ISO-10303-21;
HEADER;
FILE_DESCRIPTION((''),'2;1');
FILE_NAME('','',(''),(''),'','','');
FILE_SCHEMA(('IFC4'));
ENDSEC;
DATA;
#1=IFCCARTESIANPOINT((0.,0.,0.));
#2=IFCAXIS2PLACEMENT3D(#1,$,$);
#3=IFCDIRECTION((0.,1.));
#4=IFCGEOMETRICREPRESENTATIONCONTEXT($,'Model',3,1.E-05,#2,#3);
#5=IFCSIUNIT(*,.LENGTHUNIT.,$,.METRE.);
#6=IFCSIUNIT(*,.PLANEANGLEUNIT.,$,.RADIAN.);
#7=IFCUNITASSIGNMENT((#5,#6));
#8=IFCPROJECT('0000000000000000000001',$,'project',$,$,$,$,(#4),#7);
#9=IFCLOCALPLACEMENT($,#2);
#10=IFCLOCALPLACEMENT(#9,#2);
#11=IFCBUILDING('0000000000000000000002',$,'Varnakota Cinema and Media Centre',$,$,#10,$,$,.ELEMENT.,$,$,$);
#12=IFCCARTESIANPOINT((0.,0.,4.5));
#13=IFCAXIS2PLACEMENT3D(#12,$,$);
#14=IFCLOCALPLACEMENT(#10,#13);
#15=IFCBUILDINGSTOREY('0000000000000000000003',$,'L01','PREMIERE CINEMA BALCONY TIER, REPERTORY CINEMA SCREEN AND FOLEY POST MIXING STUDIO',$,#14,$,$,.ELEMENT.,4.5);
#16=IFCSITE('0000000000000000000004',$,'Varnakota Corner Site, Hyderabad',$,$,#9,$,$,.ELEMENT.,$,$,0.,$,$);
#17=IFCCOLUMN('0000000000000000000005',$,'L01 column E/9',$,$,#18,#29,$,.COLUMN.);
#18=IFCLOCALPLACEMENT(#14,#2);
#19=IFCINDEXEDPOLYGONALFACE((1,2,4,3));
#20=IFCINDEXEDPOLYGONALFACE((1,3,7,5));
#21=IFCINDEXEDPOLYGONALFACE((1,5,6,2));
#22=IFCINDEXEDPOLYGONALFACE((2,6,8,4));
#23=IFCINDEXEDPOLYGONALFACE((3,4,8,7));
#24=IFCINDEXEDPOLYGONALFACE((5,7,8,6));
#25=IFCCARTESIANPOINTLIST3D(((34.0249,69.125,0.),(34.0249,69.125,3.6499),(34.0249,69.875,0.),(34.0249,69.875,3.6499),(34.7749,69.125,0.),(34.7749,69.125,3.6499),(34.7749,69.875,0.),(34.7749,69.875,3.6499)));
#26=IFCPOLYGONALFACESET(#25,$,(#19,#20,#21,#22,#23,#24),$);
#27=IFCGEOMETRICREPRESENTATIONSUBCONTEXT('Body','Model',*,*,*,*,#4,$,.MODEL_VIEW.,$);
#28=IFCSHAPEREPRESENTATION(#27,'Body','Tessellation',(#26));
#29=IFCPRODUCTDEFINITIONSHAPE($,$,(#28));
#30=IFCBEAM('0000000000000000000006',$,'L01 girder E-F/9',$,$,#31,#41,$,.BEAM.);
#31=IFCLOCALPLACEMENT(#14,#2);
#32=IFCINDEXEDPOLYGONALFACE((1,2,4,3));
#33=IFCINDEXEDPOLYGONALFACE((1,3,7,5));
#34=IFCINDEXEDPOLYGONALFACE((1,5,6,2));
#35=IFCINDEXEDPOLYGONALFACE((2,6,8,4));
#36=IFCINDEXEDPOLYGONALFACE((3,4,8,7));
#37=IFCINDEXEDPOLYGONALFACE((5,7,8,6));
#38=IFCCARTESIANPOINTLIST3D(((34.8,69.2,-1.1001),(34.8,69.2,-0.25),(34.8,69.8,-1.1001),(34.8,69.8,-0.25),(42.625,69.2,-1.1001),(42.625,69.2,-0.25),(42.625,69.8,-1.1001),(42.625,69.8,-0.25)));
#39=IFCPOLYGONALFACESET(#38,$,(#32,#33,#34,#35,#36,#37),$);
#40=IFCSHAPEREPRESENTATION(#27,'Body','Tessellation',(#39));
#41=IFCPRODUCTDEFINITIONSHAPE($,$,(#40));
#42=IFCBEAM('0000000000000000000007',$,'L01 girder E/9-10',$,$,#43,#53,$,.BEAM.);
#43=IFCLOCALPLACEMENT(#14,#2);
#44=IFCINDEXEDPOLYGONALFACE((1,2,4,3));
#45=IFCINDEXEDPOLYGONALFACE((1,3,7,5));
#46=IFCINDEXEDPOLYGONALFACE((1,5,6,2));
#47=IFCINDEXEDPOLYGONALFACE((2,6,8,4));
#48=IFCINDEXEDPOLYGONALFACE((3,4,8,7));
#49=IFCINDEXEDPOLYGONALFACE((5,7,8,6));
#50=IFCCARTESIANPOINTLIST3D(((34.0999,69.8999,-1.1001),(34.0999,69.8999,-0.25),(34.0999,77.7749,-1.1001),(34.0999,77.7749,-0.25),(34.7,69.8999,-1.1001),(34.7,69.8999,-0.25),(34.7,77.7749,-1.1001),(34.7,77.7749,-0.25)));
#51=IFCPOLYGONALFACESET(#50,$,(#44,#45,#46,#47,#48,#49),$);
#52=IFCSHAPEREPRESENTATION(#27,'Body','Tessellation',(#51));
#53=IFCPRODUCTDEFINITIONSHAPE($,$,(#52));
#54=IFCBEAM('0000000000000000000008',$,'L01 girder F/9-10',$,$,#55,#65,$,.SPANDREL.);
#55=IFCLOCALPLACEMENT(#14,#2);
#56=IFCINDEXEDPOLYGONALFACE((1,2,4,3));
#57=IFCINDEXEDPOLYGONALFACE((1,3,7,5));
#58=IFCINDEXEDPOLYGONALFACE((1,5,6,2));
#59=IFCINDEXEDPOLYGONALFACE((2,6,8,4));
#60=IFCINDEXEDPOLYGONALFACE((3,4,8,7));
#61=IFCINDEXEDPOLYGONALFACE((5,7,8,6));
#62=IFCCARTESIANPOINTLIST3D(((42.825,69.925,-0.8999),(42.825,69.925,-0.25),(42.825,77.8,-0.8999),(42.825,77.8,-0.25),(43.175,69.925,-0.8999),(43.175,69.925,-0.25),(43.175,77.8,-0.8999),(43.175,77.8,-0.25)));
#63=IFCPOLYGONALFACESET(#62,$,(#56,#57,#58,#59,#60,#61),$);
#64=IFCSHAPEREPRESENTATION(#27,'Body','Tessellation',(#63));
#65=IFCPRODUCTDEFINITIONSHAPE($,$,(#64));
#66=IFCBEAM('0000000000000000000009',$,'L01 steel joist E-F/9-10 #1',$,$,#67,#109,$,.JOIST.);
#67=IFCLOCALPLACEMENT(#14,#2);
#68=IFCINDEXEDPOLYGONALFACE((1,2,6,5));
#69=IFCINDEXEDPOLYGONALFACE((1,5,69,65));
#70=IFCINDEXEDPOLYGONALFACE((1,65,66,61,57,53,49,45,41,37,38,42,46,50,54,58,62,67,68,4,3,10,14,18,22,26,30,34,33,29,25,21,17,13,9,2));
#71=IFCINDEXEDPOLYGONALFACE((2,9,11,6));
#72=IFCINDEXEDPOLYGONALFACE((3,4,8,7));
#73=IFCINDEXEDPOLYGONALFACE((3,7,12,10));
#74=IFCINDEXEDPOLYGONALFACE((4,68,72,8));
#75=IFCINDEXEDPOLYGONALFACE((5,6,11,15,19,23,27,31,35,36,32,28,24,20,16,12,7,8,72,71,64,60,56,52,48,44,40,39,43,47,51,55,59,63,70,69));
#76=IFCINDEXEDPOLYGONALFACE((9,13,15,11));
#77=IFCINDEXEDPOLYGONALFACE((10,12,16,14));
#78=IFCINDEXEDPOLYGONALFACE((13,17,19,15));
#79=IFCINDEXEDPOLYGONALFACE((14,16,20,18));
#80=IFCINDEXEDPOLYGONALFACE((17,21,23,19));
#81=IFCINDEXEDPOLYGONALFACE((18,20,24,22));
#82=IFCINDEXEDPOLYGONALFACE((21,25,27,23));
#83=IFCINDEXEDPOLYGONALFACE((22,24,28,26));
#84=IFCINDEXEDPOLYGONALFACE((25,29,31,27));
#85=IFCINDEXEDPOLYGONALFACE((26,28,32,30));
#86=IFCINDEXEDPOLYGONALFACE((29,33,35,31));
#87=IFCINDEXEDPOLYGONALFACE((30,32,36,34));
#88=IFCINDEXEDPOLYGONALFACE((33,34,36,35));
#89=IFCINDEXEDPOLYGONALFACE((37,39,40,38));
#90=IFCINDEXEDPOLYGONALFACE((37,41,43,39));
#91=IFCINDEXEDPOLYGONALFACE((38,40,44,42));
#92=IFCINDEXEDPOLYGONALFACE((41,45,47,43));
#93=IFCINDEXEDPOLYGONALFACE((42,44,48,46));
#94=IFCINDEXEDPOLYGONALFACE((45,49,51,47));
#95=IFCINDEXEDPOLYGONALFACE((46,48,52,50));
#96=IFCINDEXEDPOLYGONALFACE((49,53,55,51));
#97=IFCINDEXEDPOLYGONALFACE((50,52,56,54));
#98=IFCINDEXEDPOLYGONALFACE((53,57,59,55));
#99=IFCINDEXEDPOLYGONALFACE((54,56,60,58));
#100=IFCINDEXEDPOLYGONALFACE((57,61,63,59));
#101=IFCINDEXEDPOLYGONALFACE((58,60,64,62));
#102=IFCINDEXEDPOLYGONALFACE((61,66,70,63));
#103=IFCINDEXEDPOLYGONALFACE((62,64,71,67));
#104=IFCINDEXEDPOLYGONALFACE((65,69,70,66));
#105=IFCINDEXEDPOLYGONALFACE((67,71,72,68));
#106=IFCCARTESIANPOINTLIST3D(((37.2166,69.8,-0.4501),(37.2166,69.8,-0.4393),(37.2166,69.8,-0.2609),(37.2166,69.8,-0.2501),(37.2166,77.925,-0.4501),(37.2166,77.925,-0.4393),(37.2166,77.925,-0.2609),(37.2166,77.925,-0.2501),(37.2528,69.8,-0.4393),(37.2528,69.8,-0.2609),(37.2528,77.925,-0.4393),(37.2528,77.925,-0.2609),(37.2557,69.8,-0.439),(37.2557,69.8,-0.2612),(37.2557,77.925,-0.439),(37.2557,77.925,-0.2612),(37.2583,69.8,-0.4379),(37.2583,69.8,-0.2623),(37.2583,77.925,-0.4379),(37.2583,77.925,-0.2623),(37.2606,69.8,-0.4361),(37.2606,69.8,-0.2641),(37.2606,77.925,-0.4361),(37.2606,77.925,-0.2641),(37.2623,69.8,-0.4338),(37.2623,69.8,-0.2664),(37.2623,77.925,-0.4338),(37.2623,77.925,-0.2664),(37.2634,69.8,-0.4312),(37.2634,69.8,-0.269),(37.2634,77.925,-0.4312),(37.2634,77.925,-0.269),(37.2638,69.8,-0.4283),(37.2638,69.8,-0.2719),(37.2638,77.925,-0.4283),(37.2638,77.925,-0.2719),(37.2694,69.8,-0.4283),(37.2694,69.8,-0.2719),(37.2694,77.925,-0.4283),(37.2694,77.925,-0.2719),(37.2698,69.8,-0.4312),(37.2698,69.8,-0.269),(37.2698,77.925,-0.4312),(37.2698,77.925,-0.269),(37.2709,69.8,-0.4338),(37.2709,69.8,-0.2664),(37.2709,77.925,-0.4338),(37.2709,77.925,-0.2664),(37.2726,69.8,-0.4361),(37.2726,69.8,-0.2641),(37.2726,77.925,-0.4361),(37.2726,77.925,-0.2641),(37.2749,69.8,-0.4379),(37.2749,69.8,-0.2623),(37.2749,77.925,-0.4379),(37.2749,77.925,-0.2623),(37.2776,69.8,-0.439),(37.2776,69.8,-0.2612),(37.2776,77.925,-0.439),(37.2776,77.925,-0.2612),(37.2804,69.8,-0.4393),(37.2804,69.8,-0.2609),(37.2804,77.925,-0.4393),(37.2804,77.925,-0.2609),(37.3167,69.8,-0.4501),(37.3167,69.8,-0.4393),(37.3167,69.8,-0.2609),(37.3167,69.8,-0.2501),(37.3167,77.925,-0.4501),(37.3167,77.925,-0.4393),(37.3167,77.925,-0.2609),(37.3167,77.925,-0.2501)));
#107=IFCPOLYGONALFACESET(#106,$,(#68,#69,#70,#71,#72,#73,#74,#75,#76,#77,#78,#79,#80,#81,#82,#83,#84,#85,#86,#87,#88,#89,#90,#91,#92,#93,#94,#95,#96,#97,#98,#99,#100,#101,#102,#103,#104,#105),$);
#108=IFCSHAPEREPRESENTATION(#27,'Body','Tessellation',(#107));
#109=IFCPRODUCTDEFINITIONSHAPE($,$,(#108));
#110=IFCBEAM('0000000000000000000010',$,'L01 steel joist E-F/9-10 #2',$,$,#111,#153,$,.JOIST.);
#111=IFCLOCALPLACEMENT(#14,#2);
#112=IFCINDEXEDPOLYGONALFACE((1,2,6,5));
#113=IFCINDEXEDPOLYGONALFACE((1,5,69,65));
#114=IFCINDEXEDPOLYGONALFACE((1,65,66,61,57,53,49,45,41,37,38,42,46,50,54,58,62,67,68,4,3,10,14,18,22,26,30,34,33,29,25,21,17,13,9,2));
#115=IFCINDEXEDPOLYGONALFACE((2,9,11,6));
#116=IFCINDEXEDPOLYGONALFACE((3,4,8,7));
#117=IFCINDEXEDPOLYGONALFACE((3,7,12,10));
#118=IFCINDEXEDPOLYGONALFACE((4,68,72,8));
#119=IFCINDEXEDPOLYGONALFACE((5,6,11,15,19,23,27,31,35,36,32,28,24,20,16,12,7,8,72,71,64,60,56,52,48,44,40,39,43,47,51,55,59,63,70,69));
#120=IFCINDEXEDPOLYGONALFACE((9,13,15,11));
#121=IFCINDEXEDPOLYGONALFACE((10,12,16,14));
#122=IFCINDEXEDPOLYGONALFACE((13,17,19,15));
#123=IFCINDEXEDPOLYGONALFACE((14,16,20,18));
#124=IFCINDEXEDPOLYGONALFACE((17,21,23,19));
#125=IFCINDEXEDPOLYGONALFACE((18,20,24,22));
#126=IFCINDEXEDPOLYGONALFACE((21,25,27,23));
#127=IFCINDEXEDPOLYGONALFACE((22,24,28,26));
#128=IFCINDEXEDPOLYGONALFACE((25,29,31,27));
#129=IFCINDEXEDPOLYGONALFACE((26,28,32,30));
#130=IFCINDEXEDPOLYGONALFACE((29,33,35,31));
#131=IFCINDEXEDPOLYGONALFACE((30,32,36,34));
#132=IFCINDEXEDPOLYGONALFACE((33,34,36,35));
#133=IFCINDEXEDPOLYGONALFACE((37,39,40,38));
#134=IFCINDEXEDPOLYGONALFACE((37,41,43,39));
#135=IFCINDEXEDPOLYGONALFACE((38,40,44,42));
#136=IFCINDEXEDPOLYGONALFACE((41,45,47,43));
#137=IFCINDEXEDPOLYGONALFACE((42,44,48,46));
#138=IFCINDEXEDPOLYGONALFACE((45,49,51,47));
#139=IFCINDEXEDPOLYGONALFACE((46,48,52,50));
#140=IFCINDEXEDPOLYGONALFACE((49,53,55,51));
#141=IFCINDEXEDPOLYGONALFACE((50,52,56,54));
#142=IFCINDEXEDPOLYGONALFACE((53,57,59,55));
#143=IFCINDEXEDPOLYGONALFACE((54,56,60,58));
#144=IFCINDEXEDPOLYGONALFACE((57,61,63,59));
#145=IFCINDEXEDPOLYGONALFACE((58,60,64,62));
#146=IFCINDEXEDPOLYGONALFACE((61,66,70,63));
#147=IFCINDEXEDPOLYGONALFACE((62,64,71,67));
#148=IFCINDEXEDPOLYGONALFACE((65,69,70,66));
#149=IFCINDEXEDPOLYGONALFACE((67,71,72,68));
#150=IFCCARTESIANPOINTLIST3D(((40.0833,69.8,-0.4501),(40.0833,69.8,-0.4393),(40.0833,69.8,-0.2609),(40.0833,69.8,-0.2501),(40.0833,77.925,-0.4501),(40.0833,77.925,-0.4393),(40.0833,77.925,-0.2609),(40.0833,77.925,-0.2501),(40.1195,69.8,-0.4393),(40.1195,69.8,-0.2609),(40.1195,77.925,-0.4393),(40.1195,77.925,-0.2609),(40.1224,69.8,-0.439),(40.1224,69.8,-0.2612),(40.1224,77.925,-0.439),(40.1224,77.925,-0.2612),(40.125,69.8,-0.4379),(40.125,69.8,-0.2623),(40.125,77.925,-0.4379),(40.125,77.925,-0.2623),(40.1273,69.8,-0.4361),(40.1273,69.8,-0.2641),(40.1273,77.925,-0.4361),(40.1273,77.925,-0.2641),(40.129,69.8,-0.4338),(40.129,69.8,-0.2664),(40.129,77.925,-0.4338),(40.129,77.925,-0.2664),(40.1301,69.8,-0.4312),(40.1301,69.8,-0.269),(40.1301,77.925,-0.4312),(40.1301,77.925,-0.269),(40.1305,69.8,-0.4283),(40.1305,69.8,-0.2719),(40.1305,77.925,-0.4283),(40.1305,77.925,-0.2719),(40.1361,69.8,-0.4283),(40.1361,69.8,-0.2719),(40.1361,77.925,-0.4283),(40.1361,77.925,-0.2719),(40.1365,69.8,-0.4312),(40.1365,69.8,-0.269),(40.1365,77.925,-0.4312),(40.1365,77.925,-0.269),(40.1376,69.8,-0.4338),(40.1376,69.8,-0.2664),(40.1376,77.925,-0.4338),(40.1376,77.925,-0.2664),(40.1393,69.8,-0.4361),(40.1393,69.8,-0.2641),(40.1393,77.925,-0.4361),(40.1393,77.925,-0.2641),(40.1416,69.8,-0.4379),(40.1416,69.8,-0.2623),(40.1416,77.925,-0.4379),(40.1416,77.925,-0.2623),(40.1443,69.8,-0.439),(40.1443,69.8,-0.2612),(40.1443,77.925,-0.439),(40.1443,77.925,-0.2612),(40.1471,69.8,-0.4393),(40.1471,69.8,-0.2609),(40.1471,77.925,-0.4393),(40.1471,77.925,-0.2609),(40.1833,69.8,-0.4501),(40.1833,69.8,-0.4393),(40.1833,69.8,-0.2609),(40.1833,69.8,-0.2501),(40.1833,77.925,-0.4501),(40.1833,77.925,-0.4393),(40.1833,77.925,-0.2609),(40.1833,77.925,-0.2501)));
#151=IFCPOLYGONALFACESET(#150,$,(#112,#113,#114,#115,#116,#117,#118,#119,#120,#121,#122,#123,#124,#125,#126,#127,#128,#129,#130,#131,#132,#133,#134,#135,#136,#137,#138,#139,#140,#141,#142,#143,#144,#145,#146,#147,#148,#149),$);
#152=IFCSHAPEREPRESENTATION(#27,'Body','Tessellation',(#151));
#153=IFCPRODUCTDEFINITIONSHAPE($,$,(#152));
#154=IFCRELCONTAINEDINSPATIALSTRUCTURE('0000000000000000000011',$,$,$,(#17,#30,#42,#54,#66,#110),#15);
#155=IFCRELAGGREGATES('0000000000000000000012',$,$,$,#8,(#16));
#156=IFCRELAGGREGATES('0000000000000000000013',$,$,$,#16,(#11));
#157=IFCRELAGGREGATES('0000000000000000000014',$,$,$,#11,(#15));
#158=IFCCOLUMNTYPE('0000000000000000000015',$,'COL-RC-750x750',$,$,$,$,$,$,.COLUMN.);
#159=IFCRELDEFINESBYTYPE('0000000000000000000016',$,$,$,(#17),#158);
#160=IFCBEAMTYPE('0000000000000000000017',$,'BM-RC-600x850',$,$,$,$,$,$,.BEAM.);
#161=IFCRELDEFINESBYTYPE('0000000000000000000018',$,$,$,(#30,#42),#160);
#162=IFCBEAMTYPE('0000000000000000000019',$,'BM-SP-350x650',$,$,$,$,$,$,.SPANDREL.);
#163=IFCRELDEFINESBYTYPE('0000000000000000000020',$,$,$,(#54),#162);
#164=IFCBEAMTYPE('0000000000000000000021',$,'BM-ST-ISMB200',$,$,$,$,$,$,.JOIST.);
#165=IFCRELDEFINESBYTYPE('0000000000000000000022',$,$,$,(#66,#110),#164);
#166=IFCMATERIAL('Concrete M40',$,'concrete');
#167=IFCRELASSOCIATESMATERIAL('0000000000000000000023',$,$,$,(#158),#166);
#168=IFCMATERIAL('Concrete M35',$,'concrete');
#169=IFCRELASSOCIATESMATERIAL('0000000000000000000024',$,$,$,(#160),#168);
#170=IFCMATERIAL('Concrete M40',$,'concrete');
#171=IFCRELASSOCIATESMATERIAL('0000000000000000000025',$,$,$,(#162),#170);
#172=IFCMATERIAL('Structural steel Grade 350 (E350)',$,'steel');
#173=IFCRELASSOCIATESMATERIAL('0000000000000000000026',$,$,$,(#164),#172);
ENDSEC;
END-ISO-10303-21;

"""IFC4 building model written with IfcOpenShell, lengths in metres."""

from ifc_helpers import new_model, si_unit, direction, frame, origin, origin_2d, place, context, subcontext, project, spatial, rectangle, i_section, extrude, material, material_profile, profile_set, type_object, element, save


model = new_model("IFC4")

# Units and contexts
model_context = context("Model", 3, precision=1e-05, world=origin(), true_north=direction((0.0, 1.0)))
body_context = subcontext(model_context, "Body", "Model", "MODEL_VIEW")
ifc_project = project(units=[si_unit("LENGTHUNIT", "METRE"), si_unit("PLANEANGLEUNIT", "RADIAN")], contexts=[model_context])

# Site, building, storey
site_placement = place(None, origin())
site = spatial("IfcSite", under=ifc_project, at=site_placement, Name="Varnakota Corner Site, Hyderabad", CompositionType="ELEMENT", RefElevation=0.0)
building_placement = place(site_placement, origin())
building = spatial("IfcBuilding", under=site, at=building_placement, Name="Varnakota Cinema and Media Centre", CompositionType="ELEMENT")
storey_placement = place(building_placement, frame((0.0, 0.0, 4.5)))
storey = spatial("IfcBuildingStorey", under=building, at=storey_placement, Name="L01", Description="PREMIERE CINEMA BALCONY TIER, REPERTORY CINEMA SCREEN AND FOLEY POST MIXING STUDIO", CompositionType="ELEMENT", Elevation=4.5)

# Column
ifc_material_1 = material(Name="Concrete M40", Category="concrete")
ifc_material_profile_1 = material_profile(ifc_material_1, rectangle(XDim=0.75, YDim=0.75, at=origin_2d()), Name="RC 750x750")
ifc_profile_set_1 = profile_set([ifc_material_profile_1], Name="Concrete M40")
column_type = type_object("IfcColumnType", Name="COL-RC-750x750", PredefinedType="COLUMN", material=ifc_profile_set_1)
column_placement = place(storey_placement, frame((34.3999, 69.5, 0.0), z_axis=(0.0, 0.0, 1.0), x_axis=(1.0, 0.0, 0.0)))
element("IfcColumn", 1, at=column_placement, inside=storey, type_object=column_type, Name="L01 column E/9", PredefinedType="COLUMN", context=body_context, shape_type="SweptSolid", body=[
    extrude(rectangle(XDim=0.75, YDim=0.75, at=origin_2d()), origin(), (0.0, 0.0, 1.0), 3.6499),
])

# Beams
ifc_material_2 = material(Name="Concrete M35", Category="concrete")
ifc_material_profile_2 = material_profile(ifc_material_2, rectangle(XDim=0.6001, YDim=0.8501, at=origin_2d()), Name="RCB 600x850")
ifc_profile_set_2 = profile_set([ifc_material_profile_2], Name="Concrete M35")
beam_type_1 = type_object("IfcBeamType", Name="BM-RC-600x850", PredefinedType="BEAM", material=ifc_profile_set_2)
beam_1_placement = place(storey_placement, frame((34.8, 69.5, -0.675), z_axis=(1.0, 0.0, 0.0), x_axis=(0.0, 1.0, 0.0)))
element("IfcBeam", 2, at=beam_1_placement, inside=storey, type_object=beam_type_1, Name="L01 girder E-F/9", PredefinedType="BEAM", context=body_context, shape_type="SweptSolid", body=[
    extrude(rectangle(XDim=0.6001, YDim=0.8501, at=origin_2d()), origin(), (0.0, 0.0, 1.0), 7.825),
])
beam_2_placement = place(storey_placement, frame((34.3999, 69.8999, -0.675), z_axis=(0.0, 1.0, 0.0), x_axis=(-1.0, 0.0, 0.0)))
element("IfcBeam", 3, at=beam_2_placement, inside=storey, type_object=beam_type_1, Name="L01 girder E/9-10", PredefinedType="BEAM", context=body_context, shape_type="SweptSolid", body=[
    extrude(rectangle(XDim=0.6001, YDim=0.8501, at=origin_2d()), origin(), (0.0, 0.0, 1.0), 7.875),
])
ifc_material_3 = material(Name="Concrete M40", Category="concrete")
ifc_material_profile_3 = material_profile(ifc_material_3, rectangle(XDim=0.3501, YDim=0.6499, at=origin_2d()), Name="RCB 350x650")
ifc_profile_set_3 = profile_set([ifc_material_profile_3], Name="Concrete M40")
beam_type_2 = type_object("IfcBeamType", Name="BM-SP-350x650", PredefinedType="SPANDREL", material=ifc_profile_set_3)
beam_3_placement = place(storey_placement, frame((43.0, 69.925, -0.575), z_axis=(0.0, 1.0, 0.0), x_axis=(-1.0, 0.0, 0.0)))
element("IfcBeam", 4, at=beam_3_placement, inside=storey, type_object=beam_type_2, Name="L01 girder F/9-10", PredefinedType="SPANDREL", context=body_context, shape_type="SweptSolid", body=[
    extrude(rectangle(XDim=0.3501, YDim=0.6499, at=origin_2d()), origin(), (0.0, 0.0, 1.0), 7.875),
])
ifc_material_4 = material(Name="Structural steel Grade 350 (E350)", Category="steel")
ifc_material_profile_4 = material_profile(ifc_material_4, i_section(OverallWidth=0.1001, OverallDepth=0.2, WebThickness=0.0056, FlangeThickness=0.0107, FilletRadius=0.011, at=origin_2d()), Name="ISMB 200")
ifc_profile_set_4 = profile_set([ifc_material_profile_4], Name="Structural steel Grade 350 (E350)")
beam_type_3 = type_object("IfcBeamType", Name="BM-ST-ISMB200", PredefinedType="JOIST", material=ifc_profile_set_4)
for number, where, z_axis, x_axis, name in (
    (5, (37.2666, 69.8, -0.3501), (0.0, 1.0, 0.0), (-1.0, 0.0, 0.0), "L01 steel joist E-F/9-10 #1"),
    (6, (40.1333, 69.8, -0.3501), (0.0, 1.0, 0.0), (-1.0, 0.0, 0.0), "L01 steel joist E-F/9-10 #2"),
):
    element("IfcBeam", number, at=place(storey_placement, frame(where, z_axis=z_axis, x_axis=x_axis)), inside=storey, type_object=beam_type_3, Name=name, PredefinedType="JOIST", context=body_context, shape_type="SweptSolid", body=[
        extrude(i_section(OverallWidth=0.1001, OverallDepth=0.2, WebThickness=0.0056, FlangeThickness=0.0107, FilletRadius=0.011, at=origin_2d()), origin(), (0.0, 0.0, 1.0), 8.125),
    ])

save(model, "model.ifc")
